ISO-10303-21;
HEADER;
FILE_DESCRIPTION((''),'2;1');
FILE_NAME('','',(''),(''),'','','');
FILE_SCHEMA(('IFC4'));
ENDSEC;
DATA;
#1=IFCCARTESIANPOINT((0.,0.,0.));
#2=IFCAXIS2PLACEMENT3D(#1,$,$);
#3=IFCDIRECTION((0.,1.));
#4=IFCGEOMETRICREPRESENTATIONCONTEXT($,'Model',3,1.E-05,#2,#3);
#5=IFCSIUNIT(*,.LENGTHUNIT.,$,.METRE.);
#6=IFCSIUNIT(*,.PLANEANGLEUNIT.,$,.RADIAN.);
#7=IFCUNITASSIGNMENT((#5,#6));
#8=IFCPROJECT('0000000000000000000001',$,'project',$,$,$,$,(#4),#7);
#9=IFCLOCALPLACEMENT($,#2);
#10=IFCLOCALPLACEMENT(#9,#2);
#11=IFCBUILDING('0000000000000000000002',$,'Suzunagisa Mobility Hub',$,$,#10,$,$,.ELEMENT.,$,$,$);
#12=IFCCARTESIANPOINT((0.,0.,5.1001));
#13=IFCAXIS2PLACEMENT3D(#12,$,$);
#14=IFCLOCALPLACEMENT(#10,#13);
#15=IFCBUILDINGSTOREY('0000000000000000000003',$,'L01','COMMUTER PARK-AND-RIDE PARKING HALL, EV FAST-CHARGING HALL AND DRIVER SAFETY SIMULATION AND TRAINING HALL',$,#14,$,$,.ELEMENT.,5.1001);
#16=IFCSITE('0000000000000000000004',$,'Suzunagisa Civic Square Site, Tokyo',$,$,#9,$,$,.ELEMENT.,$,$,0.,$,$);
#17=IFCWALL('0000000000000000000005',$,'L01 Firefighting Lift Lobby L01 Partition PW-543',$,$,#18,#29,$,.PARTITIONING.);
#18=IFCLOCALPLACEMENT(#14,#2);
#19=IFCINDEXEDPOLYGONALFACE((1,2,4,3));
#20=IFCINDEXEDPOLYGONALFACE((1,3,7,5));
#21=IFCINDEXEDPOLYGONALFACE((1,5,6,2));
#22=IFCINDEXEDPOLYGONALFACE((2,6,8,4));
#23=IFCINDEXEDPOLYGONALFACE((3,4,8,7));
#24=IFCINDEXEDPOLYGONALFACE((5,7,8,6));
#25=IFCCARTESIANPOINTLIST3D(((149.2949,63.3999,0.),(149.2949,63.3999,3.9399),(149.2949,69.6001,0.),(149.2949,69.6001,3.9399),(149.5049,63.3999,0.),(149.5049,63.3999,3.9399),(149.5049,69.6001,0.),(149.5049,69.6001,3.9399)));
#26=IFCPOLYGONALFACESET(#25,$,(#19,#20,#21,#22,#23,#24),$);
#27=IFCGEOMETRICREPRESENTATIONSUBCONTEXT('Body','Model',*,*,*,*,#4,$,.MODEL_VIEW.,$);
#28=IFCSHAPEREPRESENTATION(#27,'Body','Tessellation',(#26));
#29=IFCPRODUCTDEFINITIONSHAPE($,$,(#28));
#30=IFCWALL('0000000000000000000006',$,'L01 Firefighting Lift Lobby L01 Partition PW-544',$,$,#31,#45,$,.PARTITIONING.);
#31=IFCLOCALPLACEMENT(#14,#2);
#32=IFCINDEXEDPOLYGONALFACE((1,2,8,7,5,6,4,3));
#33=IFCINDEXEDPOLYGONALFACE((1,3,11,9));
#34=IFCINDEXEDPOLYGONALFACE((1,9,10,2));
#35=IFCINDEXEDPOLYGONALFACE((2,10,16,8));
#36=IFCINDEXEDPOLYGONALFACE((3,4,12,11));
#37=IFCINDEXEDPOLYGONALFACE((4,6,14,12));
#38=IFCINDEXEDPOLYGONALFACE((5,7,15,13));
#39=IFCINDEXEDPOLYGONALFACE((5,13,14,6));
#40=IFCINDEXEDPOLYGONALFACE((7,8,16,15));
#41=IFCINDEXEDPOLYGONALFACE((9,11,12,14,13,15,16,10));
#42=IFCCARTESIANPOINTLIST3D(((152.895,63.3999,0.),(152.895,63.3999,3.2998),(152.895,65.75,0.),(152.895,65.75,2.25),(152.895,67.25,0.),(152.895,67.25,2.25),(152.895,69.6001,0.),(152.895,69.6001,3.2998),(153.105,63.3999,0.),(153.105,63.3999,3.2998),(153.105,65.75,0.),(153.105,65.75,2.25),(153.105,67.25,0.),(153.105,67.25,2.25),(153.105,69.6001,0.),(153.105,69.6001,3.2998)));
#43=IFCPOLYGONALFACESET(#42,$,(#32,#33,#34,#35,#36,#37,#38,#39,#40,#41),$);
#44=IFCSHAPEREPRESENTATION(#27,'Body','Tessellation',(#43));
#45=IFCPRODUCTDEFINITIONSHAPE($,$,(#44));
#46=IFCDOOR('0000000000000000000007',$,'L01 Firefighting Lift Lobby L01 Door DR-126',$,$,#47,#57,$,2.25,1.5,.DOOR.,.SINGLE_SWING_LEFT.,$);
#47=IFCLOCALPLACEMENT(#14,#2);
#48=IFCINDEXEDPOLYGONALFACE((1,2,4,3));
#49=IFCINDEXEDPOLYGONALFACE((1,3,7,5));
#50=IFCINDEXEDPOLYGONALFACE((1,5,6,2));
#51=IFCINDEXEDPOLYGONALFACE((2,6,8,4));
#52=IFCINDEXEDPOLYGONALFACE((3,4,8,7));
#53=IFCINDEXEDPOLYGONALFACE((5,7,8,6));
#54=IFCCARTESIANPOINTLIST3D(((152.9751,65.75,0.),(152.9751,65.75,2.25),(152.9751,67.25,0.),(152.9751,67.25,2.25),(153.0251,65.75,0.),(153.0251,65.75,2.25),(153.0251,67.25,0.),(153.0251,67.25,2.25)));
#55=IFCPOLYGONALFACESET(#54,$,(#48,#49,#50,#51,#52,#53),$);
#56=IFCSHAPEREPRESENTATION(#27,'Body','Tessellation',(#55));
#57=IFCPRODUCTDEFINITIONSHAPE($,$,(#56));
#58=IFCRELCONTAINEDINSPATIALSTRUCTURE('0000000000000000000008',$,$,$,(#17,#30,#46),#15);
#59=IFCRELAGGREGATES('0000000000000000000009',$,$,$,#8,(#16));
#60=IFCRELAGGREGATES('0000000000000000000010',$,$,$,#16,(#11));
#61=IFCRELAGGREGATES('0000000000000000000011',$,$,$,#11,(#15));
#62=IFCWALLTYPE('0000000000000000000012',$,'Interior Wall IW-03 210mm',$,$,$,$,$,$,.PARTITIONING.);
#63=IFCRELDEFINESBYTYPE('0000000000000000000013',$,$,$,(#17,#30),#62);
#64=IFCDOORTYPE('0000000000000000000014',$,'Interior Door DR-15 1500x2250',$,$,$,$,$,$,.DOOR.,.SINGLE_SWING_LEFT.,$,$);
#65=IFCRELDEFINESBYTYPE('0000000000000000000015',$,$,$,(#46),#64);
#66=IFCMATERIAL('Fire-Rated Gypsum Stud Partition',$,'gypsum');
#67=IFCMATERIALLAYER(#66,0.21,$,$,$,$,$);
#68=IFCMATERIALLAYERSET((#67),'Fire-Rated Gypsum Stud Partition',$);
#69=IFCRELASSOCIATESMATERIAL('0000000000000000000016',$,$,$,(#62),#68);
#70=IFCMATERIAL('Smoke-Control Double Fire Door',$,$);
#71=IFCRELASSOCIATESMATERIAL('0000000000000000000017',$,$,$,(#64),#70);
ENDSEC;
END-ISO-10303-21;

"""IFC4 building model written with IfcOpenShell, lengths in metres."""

from ifc_helpers import new_model, si_unit, direction, frame, frame_2d, origin, place, context, subcontext, project, spatial, rectangle, extrude, material, layer, layer_set, type_object, element, fill, save


model = new_model("IFC4")

# Units and contexts
model_context = context("Model", 3, precision=1e-05, world=origin(), true_north=direction((0.0, 1.0)))
body_context = subcontext(model_context, "Body", "Model", "MODEL_VIEW")
ifc_project = project(units=[si_unit("LENGTHUNIT", "METRE"), si_unit("PLANEANGLEUNIT", "RADIAN")], contexts=[model_context])

# Site, building, storey
site_placement = place(None, origin())
site = spatial("IfcSite", under=ifc_project, at=site_placement, Name="Suzunagisa Civic Square Site, Tokyo", CompositionType="ELEMENT", RefElevation=0.0)
building_placement = place(site_placement, origin())
building = spatial("IfcBuilding", under=site, at=building_placement, Name="Suzunagisa Mobility Hub", CompositionType="ELEMENT")
storey_placement = place(building_placement, frame((0.0, 0.0, 5.1001)))
storey = spatial("IfcBuildingStorey", under=building, at=storey_placement, Name="L01", Description="COMMUTER PARK-AND-RIDE PARKING HALL, EV FAST-CHARGING HALL AND DRIVER SAFETY SIMULATION AND TRAINING HALL", CompositionType="ELEMENT", Elevation=5.1001)

# Shared definitions
ifc_material_1 = material(Name="Fire-Rated Gypsum Stud Partition", Category="gypsum")
ifc_layer = layer(ifc_material_1, 0.21)
ifc_layer_set = layer_set([ifc_layer], Name="Fire-Rated Gypsum Stud Partition")
wall_type = type_object("IfcWallType", Name="Interior Wall IW-03 210mm", PredefinedType="PARTITIONING", material=ifc_layer_set)

# Wall
wall_1_placement = place(storey_placement, frame((149.3999, 63.3999, 0.0), z_axis=(0.0, 0.0, 1.0), x_axis=(0.0, 1.0, 0.0)))
element("IfcWall", 1, at=wall_1_placement, inside=storey, type_object=wall_type, Name="L01 Firefighting Lift Lobby L01 Partition PW-543", PredefinedType="PARTITIONING", context=body_context, shape_type="SweptSolid", body=[
    extrude(rectangle(XDim=6.2002, YDim=0.21, at=frame_2d((3.1001, 0.0))), origin(), (0.0, 0.0, 1.0), 3.9399),
])

# Wall, opening, door
wall_2_placement = place(storey_placement, frame((153.0, 63.3999, 0.0), z_axis=(0.0, 0.0, 1.0), x_axis=(0.0, 1.0, 0.0)))
wall_2 = element("IfcWall", 2, at=wall_2_placement, inside=storey, type_object=wall_type, Name="L01 Firefighting Lift Lobby L01 Partition PW-544", PredefinedType="PARTITIONING", context=body_context, shape_type="SweptSolid", body=[
    extrude(rectangle(XDim=6.2002, YDim=0.21, at=frame_2d((3.1001, 0.0))), origin(), (0.0, 0.0, 1.0), 3.2998),
])
opening_1_placement = place(wall_2_placement, frame((2.3501, 0.0, 0.0)))
opening_1 = element("IfcOpeningElement", 3, at=opening_1_placement, cuts=wall_2, PredefinedType="OPENING", context=body_context, shape_type="SweptSolid", body=[
    extrude(rectangle(XDim=1.5, YDim=2.25, at=frame_2d((0.75, 1.125))), frame((0.0, 0.116, 0.0), z_axis=(0.0, -1.0, 0.0), x_axis=(1.0, 0.0, 0.0)), (0.0, 0.0, 1.0), 0.2319),
])
ifc_material_2 = material(Name="Smoke-Control Double Fire Door")
door_type_1 = type_object("IfcDoorType", Name="Interior Door DR-15 1500x2250", OperationType="SINGLE_SWING_LEFT", PredefinedType="DOOR", material=ifc_material_2)
door_1_placement = place(opening_1_placement, origin())
door_1 = element("IfcDoor", 4, at=door_1_placement, inside=storey, type_object=door_type_1, Name="L01 Firefighting Lift Lobby L01 Door DR-126", OperationType="SINGLE_SWING_LEFT", OverallHeight=2.25, OverallWidth=1.5, PredefinedType="DOOR", context=body_context, shape_type="SweptSolid", body=[
    extrude(rectangle(XDim=1.5, YDim=2.25, at=frame_2d((0.75, 1.125))), frame((0.0, 0.0249, 0.0), z_axis=(0.0, -1.0, 0.0), x_axis=(1.0, 0.0, 0.0)), (0.0, 0.0, 1.0), 0.05),
])
fill(opening_1, door_1)

save(model, "model.ifc")
